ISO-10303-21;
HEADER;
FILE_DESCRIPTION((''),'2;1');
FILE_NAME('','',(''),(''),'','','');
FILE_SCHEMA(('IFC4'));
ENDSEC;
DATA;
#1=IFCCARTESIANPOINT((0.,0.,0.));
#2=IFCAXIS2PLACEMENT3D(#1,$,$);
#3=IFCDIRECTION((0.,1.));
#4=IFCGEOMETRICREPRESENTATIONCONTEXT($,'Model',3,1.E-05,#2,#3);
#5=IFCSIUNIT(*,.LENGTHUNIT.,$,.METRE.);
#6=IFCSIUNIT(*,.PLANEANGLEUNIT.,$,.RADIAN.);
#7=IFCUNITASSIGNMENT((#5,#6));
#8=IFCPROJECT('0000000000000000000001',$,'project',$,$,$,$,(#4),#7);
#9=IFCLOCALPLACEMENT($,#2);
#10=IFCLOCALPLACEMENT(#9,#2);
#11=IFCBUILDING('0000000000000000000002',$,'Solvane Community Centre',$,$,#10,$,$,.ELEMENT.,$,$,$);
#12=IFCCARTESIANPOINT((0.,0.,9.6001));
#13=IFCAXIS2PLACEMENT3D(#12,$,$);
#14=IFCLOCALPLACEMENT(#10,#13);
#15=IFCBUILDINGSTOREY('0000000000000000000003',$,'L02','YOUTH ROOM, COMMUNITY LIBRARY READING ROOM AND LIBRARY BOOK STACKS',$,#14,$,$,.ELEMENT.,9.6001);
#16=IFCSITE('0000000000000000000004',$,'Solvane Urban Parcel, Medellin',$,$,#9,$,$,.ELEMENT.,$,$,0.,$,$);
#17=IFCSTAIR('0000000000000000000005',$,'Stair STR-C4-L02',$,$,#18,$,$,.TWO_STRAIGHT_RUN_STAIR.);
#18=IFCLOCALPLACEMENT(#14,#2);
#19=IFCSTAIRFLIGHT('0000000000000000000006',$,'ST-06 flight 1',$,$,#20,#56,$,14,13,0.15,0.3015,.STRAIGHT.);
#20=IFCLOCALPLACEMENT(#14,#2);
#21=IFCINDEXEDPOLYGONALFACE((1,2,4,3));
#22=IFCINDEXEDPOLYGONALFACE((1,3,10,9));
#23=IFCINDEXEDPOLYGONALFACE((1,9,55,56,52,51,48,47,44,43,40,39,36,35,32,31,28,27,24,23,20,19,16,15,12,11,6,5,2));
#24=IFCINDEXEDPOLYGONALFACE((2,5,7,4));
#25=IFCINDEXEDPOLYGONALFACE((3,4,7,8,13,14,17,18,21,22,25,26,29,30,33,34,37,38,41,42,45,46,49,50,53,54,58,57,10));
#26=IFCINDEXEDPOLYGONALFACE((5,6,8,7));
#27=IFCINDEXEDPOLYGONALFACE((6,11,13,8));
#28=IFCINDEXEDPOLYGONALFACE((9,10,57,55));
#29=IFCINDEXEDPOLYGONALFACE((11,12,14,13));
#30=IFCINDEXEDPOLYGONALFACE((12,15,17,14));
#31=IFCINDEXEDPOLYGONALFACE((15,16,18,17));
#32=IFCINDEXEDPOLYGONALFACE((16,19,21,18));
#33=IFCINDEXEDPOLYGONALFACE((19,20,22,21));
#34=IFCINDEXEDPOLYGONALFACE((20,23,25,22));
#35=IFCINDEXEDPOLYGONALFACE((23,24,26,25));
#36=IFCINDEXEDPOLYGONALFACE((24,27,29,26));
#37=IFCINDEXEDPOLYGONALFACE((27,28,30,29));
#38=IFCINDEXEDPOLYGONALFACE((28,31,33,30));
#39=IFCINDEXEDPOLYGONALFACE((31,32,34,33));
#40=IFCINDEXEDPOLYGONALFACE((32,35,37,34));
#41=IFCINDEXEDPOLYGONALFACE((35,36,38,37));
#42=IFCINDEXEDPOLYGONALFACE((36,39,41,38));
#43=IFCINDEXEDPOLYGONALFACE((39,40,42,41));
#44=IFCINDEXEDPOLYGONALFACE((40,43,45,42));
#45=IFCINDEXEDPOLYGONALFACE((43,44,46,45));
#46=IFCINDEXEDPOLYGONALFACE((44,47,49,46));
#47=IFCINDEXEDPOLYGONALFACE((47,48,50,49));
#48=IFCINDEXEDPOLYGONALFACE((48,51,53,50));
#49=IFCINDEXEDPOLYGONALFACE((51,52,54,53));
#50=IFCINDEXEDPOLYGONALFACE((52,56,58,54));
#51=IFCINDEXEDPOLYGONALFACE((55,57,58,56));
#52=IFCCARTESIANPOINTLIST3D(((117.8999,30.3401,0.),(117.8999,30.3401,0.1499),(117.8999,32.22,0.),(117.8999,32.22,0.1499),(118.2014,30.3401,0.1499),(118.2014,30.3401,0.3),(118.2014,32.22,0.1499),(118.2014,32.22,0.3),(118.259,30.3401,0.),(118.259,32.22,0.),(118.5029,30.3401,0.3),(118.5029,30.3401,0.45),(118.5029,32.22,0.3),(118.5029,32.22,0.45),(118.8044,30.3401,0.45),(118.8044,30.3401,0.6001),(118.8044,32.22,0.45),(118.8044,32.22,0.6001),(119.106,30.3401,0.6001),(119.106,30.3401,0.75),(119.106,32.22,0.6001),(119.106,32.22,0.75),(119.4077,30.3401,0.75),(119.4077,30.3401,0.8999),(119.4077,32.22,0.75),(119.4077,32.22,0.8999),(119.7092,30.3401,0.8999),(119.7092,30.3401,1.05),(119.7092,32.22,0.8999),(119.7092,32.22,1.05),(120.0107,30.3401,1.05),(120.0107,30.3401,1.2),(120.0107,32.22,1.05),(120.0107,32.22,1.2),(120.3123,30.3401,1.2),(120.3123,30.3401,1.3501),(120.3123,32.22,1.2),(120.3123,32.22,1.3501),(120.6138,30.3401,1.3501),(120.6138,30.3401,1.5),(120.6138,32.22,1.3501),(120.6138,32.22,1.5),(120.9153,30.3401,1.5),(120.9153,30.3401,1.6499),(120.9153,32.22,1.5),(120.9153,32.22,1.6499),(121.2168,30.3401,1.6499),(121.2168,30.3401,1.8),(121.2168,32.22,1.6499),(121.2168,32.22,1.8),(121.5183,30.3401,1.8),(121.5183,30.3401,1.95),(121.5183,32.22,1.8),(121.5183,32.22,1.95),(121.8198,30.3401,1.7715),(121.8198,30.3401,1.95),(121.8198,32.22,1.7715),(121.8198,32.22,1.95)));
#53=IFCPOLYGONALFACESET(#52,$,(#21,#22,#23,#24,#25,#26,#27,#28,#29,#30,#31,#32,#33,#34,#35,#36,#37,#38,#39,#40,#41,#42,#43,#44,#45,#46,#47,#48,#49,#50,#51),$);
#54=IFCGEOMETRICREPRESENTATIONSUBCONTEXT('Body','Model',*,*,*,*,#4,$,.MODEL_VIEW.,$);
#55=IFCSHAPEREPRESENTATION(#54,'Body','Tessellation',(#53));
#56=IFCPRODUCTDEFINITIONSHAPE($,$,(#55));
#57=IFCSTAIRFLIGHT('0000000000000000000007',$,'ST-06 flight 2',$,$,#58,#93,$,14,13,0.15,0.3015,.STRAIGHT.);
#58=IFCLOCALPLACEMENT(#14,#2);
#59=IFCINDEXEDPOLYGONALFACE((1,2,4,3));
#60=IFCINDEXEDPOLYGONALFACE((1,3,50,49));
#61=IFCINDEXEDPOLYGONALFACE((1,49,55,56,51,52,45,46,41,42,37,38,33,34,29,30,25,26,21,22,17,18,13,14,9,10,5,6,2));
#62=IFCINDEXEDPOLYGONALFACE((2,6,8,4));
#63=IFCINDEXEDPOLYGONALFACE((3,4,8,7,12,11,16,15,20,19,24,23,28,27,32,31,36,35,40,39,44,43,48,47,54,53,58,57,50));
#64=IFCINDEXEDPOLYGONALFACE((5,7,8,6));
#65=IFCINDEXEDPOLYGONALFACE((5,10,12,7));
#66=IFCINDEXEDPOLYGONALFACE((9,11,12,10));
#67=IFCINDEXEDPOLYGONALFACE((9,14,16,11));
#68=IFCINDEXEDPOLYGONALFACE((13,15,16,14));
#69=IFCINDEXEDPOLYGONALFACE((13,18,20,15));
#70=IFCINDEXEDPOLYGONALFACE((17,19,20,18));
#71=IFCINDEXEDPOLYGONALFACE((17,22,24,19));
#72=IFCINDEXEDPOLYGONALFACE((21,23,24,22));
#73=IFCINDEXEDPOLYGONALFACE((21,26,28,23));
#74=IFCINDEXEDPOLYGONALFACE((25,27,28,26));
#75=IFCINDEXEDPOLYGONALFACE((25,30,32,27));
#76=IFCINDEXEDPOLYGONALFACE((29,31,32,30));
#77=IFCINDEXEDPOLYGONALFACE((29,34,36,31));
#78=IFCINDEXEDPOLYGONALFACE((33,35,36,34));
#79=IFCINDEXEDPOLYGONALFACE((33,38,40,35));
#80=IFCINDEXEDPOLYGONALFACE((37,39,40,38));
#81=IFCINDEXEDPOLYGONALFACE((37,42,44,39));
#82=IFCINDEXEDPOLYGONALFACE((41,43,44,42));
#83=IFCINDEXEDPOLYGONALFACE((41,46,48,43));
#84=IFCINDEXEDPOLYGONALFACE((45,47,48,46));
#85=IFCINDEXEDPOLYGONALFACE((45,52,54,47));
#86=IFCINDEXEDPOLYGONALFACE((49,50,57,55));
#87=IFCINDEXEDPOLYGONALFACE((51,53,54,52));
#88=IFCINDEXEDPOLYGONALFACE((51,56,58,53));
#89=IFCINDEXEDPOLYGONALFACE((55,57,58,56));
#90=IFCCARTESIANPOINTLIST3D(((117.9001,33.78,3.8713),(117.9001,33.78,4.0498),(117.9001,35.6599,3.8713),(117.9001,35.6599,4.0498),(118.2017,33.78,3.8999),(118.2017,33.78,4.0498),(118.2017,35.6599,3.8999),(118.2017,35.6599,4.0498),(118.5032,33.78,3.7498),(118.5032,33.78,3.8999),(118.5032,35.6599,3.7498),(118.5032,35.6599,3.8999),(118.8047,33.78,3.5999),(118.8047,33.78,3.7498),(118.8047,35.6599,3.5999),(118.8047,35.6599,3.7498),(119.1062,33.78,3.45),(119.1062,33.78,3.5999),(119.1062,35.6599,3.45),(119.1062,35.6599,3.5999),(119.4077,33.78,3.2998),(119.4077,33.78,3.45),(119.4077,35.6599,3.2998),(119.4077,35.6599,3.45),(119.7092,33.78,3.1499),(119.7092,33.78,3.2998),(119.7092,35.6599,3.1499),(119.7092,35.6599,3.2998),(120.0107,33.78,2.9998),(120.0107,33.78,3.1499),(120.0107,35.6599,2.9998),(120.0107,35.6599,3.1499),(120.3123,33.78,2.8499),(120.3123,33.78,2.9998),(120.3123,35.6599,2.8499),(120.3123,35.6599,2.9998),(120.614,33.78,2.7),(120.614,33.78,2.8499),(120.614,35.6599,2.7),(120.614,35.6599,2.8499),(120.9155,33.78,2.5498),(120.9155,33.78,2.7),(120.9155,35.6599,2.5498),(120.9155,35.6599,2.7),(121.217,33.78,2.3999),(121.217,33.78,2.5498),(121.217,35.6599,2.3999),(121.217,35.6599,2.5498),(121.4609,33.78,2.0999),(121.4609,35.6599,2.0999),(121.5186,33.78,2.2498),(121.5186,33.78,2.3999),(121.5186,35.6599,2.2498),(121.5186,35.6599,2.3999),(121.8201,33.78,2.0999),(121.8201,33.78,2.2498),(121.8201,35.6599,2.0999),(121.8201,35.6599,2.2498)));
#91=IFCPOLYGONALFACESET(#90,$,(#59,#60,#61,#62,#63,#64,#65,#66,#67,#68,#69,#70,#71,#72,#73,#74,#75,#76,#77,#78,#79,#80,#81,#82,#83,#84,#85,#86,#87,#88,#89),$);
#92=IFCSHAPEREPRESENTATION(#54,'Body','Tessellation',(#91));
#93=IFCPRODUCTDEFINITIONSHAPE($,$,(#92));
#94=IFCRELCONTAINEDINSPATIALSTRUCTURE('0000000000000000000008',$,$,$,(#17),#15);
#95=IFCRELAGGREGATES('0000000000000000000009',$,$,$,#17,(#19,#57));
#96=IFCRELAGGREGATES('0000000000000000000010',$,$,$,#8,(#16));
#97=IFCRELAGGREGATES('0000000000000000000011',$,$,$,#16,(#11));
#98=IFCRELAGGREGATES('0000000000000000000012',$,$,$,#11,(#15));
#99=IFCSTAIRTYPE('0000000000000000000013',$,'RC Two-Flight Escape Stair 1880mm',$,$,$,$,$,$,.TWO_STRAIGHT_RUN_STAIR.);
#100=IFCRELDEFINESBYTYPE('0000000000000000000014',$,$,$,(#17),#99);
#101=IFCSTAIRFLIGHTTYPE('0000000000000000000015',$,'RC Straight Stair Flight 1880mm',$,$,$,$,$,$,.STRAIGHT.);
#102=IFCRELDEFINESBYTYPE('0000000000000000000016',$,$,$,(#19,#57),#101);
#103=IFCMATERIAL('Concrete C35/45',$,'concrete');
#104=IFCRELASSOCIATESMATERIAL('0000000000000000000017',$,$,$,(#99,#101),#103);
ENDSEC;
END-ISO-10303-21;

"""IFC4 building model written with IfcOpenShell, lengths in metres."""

from ifc_helpers import new_model, si_unit, direction, frame, origin, place, context, subcontext, project, spatial, polyline, outline, extrude, material, type_object, element, aggregate, save


model = new_model("IFC4")

# Units and contexts
model_context = context("Model", 3, precision=1e-05, world=origin(), true_north=direction((0.0, 1.0)))
body_context = subcontext(model_context, "Body", "Model", "MODEL_VIEW")
ifc_project = project(units=[si_unit("LENGTHUNIT", "METRE"), si_unit("PLANEANGLEUNIT", "RADIAN")], contexts=[model_context])

# Site, building, storey
site_placement = place(None, origin())
site = spatial("IfcSite", under=ifc_project, at=site_placement, Name="Solvane Urban Parcel, Medellin", CompositionType="ELEMENT", RefElevation=0.0)
building_placement = place(site_placement, origin())
building = spatial("IfcBuilding", under=site, at=building_placement, Name="Solvane Community Centre", CompositionType="ELEMENT")
storey_placement = place(building_placement, frame((0.0, 0.0, 9.6001)))
storey = spatial("IfcBuildingStorey", under=building, at=storey_placement, Name="L02", Description="YOUTH ROOM, COMMUNITY LIBRARY READING ROOM AND LIBRARY BOOK STACKS", CompositionType="ELEMENT", Elevation=9.6001)

# Shared definitions
ifc_material_1 = material(Name="Concrete C35/45", Category="concrete")

# Stair, stair flights
stair_type = type_object("IfcStairType", Name="RC Two-Flight Escape Stair 1880mm", PredefinedType="TWO_STRAIGHT_RUN_STAIR", material=ifc_material_1)
stair_placement = place(storey_placement, origin())
stair = element("IfcStair", 1, at=stair_placement, inside=storey, type_object=stair_type, Name="Stair STR-C4-L02", PredefinedType="TWO_STRAIGHT_RUN_STAIR")
stair_flight_type = type_object("IfcStairFlightType", Name="RC Straight Stair Flight 1880mm", PredefinedType="STRAIGHT", material=ifc_material_1)
stair_flight_1_placement = place(storey_placement, frame((117.8999, 31.28, 0.0), z_axis=(0.0, 0.0, 1.0), x_axis=(1.0, 0.0, 0.0)))
stair_flight_1 = element("IfcStairFlight", 2, at=stair_flight_1_placement, type_object=stair_flight_type, Name="ST-06 flight 1", NumberOfRisers=14, NumberOfTreads=13, PredefinedType="STRAIGHT", RiserHeight=0.15, TreadLength=0.3015, context=body_context, shape_type="SweptSolid", body=[
    extrude(outline(polyline([(0.0, 0.0), (0.0, 0.1499), (0.3015, 0.1499), (0.3015, 0.3), (0.603, 0.3), (0.603, 0.45), (0.9045, 0.45), (0.9045, 0.6001), (1.2061, 0.6001), (1.2061, 0.75), (1.5078, 0.75), (1.5078, 0.8999), (1.8093, 0.8999), (1.8093, 1.05), (2.1108, 1.05), (2.1108, 1.2), (2.4124, 1.2), (2.4124, 1.3501), (2.7139, 1.3501), (2.7139, 1.5), (3.0154, 1.5), (3.0154, 1.6499), (3.3169, 1.6499), (3.3169, 1.8), (3.6184, 1.8), (3.6184, 1.95), (3.9199, 1.95), (3.9199, 2.1001), (3.9199, 1.7715), (0.3591, 0.0), (0.0, 0.0)])), frame((0.0, 0.9399, 0.0), z_axis=(0.0, -1.0, 0.0), x_axis=(1.0, 0.0, 0.0)), (0.0, 0.0, 1.0), 1.8799),
])
stair_flight_2_placement = place(storey_placement, frame((121.8201, 34.72, 2.0999), z_axis=(0.0, 0.0, 1.0), x_axis=(-1.0, 0.0, 0.0)))
stair_flight_2 = element("IfcStairFlight", 3, at=stair_flight_2_placement, type_object=stair_flight_type, Name="ST-06 flight 2", NumberOfRisers=14, NumberOfTreads=13, PredefinedType="STRAIGHT", RiserHeight=0.15, TreadLength=0.3015, context=body_context, shape_type="SweptSolid", body=[
    extrude(outline(polyline([(0.0, 0.0), (0.0, 0.1499), (0.3015, 0.1499), (0.3015, 0.3), (0.603, 0.3), (0.603, 0.45), (0.9045, 0.45), (0.9045, 0.6001), (1.2061, 0.6001), (1.2061, 0.75), (1.5078, 0.75), (1.5078, 0.8999), (1.8093, 0.8999), (1.8093, 1.05), (2.1108, 1.05), (2.1108, 1.2), (2.4124, 1.2), (2.4124, 1.3501), (2.7139, 1.3501), (2.7139, 1.5), (3.0154, 1.5), (3.0154, 1.6499), (3.3169, 1.6499), (3.3169, 1.8), (3.6184, 1.8), (3.6184, 1.95), (3.9199, 1.95), (3.9199, 2.1001), (3.9199, 1.7715), (0.3591, 0.0), (0.0, 0.0)])), frame((0.0, 0.9399, 0.0), z_axis=(0.0, -1.0, 0.0), x_axis=(1.0, 0.0, 0.0)), (0.0, 0.0, 1.0), 1.8799),
])
aggregate(stair, [stair_flight_1, stair_flight_2])

save(model, "model.ifc")
